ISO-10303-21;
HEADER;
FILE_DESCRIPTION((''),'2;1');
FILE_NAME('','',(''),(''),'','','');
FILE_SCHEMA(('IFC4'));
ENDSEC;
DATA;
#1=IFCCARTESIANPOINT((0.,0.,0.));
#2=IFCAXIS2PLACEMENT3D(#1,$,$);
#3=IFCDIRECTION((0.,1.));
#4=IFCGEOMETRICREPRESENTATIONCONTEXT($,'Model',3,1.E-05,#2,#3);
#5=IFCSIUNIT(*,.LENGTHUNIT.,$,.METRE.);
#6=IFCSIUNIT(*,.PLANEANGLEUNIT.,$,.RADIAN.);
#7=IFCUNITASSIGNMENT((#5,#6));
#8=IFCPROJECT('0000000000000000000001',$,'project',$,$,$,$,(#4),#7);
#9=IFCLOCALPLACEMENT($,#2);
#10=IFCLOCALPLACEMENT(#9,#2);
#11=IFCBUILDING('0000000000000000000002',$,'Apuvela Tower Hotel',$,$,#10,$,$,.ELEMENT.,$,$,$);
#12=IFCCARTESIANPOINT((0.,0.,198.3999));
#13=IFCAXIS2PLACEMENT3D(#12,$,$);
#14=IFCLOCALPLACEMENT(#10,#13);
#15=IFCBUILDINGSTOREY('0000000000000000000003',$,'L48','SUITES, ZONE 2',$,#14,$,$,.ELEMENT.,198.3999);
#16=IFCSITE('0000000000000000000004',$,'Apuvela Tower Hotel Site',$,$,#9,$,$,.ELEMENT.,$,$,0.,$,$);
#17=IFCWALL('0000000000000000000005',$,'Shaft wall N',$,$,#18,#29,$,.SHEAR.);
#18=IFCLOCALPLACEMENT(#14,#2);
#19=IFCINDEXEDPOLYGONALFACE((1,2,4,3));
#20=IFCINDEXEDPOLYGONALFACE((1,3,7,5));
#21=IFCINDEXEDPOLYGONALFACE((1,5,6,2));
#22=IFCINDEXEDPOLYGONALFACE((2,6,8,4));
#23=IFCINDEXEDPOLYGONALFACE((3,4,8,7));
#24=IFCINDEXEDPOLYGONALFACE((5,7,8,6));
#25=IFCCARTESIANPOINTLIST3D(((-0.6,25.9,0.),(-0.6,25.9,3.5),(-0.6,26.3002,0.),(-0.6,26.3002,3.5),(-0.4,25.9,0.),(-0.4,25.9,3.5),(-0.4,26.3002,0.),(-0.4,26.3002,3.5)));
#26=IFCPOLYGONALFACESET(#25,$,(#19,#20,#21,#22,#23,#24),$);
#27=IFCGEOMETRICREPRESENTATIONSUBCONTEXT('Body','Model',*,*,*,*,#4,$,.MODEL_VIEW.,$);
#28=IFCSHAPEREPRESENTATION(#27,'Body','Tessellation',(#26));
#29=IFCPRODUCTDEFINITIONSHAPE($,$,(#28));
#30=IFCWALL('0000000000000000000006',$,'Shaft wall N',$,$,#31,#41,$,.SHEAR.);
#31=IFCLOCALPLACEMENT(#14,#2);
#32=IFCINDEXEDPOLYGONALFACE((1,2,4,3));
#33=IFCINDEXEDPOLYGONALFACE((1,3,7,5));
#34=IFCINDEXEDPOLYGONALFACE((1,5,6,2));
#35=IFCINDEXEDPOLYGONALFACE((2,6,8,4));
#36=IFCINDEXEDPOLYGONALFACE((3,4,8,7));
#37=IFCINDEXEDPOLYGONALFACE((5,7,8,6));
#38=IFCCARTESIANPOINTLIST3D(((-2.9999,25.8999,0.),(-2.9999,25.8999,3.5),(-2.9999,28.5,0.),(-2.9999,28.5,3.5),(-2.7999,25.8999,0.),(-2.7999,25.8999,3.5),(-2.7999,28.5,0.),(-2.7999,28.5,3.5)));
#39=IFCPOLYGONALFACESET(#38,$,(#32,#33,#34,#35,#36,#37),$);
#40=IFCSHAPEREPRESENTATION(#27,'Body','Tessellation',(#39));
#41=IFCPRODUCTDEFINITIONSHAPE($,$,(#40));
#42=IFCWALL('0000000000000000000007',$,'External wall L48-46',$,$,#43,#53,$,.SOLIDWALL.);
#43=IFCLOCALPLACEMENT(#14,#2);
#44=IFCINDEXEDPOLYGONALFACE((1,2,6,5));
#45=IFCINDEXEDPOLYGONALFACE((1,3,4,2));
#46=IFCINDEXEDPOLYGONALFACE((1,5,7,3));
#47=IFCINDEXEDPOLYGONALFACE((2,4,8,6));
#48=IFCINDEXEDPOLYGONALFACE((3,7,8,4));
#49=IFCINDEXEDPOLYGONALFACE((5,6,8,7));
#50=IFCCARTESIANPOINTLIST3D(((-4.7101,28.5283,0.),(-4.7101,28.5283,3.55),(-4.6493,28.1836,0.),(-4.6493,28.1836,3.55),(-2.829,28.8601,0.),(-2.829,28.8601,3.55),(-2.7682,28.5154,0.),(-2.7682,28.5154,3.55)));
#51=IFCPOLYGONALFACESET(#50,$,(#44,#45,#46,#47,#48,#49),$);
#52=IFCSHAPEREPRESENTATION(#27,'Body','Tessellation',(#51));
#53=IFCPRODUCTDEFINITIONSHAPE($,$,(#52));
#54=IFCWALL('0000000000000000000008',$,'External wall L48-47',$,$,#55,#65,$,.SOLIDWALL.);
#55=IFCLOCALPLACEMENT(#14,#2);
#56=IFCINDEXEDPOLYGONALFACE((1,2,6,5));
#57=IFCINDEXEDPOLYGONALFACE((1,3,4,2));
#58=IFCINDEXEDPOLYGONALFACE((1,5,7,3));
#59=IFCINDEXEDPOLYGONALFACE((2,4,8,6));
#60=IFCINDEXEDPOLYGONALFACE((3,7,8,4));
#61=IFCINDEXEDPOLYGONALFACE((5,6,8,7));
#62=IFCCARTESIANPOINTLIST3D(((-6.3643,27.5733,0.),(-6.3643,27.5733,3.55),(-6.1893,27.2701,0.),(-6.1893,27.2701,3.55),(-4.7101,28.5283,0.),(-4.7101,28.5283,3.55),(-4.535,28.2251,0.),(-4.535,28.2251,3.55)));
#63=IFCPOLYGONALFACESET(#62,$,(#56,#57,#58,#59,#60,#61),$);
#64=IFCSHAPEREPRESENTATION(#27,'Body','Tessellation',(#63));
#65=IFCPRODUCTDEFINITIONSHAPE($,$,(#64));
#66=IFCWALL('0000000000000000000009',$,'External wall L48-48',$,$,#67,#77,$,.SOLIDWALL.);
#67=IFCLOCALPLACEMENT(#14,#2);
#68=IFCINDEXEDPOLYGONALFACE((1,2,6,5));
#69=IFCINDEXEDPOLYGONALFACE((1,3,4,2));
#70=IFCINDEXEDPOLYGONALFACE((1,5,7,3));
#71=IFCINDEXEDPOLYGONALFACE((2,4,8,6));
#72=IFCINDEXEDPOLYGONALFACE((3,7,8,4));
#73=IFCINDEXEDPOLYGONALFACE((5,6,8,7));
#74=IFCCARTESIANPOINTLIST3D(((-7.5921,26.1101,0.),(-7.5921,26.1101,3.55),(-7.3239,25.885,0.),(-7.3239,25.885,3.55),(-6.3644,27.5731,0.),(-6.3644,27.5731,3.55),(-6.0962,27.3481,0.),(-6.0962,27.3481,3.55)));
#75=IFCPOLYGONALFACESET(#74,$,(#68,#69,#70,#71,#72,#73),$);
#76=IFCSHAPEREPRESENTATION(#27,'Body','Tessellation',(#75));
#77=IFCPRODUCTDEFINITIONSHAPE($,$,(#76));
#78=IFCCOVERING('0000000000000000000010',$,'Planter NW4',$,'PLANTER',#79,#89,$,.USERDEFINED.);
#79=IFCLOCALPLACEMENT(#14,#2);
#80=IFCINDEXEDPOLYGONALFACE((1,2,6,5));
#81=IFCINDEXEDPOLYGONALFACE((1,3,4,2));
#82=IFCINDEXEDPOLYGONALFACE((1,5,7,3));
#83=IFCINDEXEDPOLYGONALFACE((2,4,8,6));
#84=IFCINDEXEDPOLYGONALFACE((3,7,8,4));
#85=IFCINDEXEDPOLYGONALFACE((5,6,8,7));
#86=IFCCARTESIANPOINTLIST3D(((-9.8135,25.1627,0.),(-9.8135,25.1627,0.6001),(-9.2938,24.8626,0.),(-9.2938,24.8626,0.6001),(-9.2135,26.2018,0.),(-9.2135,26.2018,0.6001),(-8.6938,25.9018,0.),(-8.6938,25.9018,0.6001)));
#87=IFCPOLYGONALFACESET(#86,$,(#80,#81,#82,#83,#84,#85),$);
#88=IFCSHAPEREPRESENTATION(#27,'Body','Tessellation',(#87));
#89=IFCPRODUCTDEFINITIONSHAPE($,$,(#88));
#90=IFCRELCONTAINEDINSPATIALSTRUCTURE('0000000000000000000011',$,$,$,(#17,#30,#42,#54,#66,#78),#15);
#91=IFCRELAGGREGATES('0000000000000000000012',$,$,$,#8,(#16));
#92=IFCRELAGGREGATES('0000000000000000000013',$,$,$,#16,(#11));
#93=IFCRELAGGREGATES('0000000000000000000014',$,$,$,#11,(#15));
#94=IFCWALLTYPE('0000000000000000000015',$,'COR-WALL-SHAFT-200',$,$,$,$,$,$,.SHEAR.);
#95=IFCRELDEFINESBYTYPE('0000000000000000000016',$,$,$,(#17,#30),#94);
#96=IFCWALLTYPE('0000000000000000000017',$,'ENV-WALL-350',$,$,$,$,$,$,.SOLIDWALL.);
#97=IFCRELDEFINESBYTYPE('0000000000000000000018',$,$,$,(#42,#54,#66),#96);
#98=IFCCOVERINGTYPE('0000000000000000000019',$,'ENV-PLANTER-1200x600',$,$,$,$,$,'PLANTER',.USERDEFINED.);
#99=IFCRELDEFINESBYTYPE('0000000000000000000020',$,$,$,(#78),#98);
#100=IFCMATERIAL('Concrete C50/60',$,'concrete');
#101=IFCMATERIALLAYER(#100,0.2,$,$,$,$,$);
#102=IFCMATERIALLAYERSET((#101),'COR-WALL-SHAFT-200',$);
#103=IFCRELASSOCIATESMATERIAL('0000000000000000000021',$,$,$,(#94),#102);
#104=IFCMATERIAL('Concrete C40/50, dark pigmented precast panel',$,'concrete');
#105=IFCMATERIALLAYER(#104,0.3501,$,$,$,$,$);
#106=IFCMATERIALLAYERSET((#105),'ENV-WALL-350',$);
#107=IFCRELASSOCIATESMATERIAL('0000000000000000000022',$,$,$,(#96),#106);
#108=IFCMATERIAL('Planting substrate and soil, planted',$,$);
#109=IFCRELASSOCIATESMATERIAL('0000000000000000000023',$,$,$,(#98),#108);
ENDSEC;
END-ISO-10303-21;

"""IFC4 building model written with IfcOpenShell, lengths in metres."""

from ifc_helpers import new_model, si_unit, direction, frame, frame_2d, origin, origin_2d, place, context, subcontext, project, spatial, rectangle, extrude, material, layer, layer_set, type_object, element, save


model = new_model("IFC4")

# Units and contexts
model_context = context("Model", 3, precision=1e-05, world=origin(), true_north=direction((0.0, 1.0)))
body_context = subcontext(model_context, "Body", "Model", "MODEL_VIEW")
ifc_project = project(units=[si_unit("LENGTHUNIT", "METRE"), si_unit("PLANEANGLEUNIT", "RADIAN")], contexts=[model_context])

# Site, building, storey
site_placement = place(None, origin())
site = spatial("IfcSite", under=ifc_project, at=site_placement, Name="Apuvela Tower Hotel Site", CompositionType="ELEMENT", RefElevation=0.0)
building_placement = place(site_placement, origin())
building = spatial("IfcBuilding", under=site, at=building_placement, Name="Apuvela Tower Hotel", CompositionType="ELEMENT")
storey_placement = place(building_placement, frame((0.0, 0.0, 198.3999)))
storey = spatial("IfcBuildingStorey", under=building, at=storey_placement, Name="L48", Description="SUITES, ZONE 2", CompositionType="ELEMENT", Elevation=198.3999)

# Walls
ifc_material_1 = material(Name="Concrete C50/60", Category="concrete")
ifc_layer_1 = layer(ifc_material_1, 0.2)
ifc_layer_set_1 = layer_set([ifc_layer_1], Name="COR-WALL-SHAFT-200")
wall_type_1 = type_object("IfcWallType", Name="COR-WALL-SHAFT-200", PredefinedType="SHEAR", material=ifc_layer_set_1)
wall_1_placement = place(storey_placement, frame((-0.5, 25.8999, 0.0), z_axis=(0.0, 0.0, 1.0), x_axis=(0.0, 1.0, 0.0)))
element("IfcWall", 1, at=wall_1_placement, inside=storey, type_object=wall_type_1, Name="Shaft wall N", PredefinedType="SHEAR", context=body_context, shape_type="SweptSolid", body=[
    extrude(rectangle(XDim=0.4001, YDim=0.2, at=frame_2d((0.2002, 0.0))), origin(), (0.0, 0.0, 1.0), 3.5),
])
wall_2_placement = place(storey_placement, frame((-2.8999, 25.8999, 0.0), z_axis=(0.0, 0.0, 1.0), x_axis=(0.0, 1.0, 0.0)))
element("IfcWall", 2, at=wall_2_placement, inside=storey, type_object=wall_type_1, Name="Shaft wall N", PredefinedType="SHEAR", context=body_context, shape_type="SweptSolid", body=[
    extrude(rectangle(XDim=2.6001, YDim=0.2, at=frame_2d((1.3, 0.0))), origin(), (0.0, 0.0, 1.0), 3.5),
])

# Shared definitions
ifc_material_2 = material(Name="Concrete C40/50, dark pigmented precast panel", Category="concrete")
ifc_layer_2 = layer(ifc_material_2, 0.3501)
ifc_layer_set_2 = layer_set([ifc_layer_2], Name="ENV-WALL-350")
wall_type_2 = type_object("IfcWallType", Name="ENV-WALL-350", PredefinedType="SOLIDWALL", material=ifc_layer_set_2)

# Walls
for number, where, z_axis, x_axis, name in (
    (3, (-2.7986, 28.6877, 0.0), (0.0, 0.0, 1.0), (-0.984799, -0.173698, 0.0), "External wall L48-46"),
    (4, (-4.6226, 28.3767, 0.0), (0.0, 0.0, 1.0), (-0.866032, -0.499988, 0.0), "External wall L48-47"),
):
    element("IfcWall", number, at=place(storey_placement, frame(where, z_axis=z_axis, x_axis=x_axis)), inside=storey, type_object=wall_type_2, Name=name, PredefinedType="SOLIDWALL", context=body_context, shape_type="SweptSolid", body=[
        extrude(rectangle(XDim=1.9102, YDim=0.3501, at=frame_2d((0.9551, 0.0))), origin(), (0.0, 0.0, 1.0), 3.55),
    ])
wall_3_placement = place(storey_placement, frame((-6.2302, 27.4607, 0.0), z_axis=(0.0, 0.0, 1.0), x_axis=(-0.642808, -0.766027, 0.0)))
element("IfcWall", 5, at=wall_3_placement, inside=storey, type_object=wall_type_2, Name="External wall L48-48", PredefinedType="SOLIDWALL", context=body_context, shape_type="SweptSolid", body=[
    extrude(rectangle(XDim=1.9099, YDim=0.3501, at=frame_2d((0.9551, 0.0))), origin(), (0.0, 0.0, 1.0), 3.55),
])

# Covering
ifc_material_3 = material(Name="Planting substrate and soil, planted")
covering_type = type_object("IfcCoveringType", Name="ENV-PLANTER-1200x600", ElementType="PLANTER", PredefinedType="USERDEFINED", material=ifc_material_3)
covering_placement = place(storey_placement, frame((-9.2537, 25.5322, 0.0), z_axis=(0.0, 0.0, 1.0), x_axis=(-0.5, -0.866025, 0.0)))
element("IfcCovering", 6, at=covering_placement, inside=storey, type_object=covering_type, Name="Planter NW4", ObjectType="PLANTER", PredefinedType="USERDEFINED", context=body_context, shape_type="SweptSolid", body=[
    extrude(rectangle(XDim=1.2, YDim=0.6001, at=origin_2d()), origin(), (0.0, 0.0, 1.0), 0.6001),
])

save(model, "model.ifc")
